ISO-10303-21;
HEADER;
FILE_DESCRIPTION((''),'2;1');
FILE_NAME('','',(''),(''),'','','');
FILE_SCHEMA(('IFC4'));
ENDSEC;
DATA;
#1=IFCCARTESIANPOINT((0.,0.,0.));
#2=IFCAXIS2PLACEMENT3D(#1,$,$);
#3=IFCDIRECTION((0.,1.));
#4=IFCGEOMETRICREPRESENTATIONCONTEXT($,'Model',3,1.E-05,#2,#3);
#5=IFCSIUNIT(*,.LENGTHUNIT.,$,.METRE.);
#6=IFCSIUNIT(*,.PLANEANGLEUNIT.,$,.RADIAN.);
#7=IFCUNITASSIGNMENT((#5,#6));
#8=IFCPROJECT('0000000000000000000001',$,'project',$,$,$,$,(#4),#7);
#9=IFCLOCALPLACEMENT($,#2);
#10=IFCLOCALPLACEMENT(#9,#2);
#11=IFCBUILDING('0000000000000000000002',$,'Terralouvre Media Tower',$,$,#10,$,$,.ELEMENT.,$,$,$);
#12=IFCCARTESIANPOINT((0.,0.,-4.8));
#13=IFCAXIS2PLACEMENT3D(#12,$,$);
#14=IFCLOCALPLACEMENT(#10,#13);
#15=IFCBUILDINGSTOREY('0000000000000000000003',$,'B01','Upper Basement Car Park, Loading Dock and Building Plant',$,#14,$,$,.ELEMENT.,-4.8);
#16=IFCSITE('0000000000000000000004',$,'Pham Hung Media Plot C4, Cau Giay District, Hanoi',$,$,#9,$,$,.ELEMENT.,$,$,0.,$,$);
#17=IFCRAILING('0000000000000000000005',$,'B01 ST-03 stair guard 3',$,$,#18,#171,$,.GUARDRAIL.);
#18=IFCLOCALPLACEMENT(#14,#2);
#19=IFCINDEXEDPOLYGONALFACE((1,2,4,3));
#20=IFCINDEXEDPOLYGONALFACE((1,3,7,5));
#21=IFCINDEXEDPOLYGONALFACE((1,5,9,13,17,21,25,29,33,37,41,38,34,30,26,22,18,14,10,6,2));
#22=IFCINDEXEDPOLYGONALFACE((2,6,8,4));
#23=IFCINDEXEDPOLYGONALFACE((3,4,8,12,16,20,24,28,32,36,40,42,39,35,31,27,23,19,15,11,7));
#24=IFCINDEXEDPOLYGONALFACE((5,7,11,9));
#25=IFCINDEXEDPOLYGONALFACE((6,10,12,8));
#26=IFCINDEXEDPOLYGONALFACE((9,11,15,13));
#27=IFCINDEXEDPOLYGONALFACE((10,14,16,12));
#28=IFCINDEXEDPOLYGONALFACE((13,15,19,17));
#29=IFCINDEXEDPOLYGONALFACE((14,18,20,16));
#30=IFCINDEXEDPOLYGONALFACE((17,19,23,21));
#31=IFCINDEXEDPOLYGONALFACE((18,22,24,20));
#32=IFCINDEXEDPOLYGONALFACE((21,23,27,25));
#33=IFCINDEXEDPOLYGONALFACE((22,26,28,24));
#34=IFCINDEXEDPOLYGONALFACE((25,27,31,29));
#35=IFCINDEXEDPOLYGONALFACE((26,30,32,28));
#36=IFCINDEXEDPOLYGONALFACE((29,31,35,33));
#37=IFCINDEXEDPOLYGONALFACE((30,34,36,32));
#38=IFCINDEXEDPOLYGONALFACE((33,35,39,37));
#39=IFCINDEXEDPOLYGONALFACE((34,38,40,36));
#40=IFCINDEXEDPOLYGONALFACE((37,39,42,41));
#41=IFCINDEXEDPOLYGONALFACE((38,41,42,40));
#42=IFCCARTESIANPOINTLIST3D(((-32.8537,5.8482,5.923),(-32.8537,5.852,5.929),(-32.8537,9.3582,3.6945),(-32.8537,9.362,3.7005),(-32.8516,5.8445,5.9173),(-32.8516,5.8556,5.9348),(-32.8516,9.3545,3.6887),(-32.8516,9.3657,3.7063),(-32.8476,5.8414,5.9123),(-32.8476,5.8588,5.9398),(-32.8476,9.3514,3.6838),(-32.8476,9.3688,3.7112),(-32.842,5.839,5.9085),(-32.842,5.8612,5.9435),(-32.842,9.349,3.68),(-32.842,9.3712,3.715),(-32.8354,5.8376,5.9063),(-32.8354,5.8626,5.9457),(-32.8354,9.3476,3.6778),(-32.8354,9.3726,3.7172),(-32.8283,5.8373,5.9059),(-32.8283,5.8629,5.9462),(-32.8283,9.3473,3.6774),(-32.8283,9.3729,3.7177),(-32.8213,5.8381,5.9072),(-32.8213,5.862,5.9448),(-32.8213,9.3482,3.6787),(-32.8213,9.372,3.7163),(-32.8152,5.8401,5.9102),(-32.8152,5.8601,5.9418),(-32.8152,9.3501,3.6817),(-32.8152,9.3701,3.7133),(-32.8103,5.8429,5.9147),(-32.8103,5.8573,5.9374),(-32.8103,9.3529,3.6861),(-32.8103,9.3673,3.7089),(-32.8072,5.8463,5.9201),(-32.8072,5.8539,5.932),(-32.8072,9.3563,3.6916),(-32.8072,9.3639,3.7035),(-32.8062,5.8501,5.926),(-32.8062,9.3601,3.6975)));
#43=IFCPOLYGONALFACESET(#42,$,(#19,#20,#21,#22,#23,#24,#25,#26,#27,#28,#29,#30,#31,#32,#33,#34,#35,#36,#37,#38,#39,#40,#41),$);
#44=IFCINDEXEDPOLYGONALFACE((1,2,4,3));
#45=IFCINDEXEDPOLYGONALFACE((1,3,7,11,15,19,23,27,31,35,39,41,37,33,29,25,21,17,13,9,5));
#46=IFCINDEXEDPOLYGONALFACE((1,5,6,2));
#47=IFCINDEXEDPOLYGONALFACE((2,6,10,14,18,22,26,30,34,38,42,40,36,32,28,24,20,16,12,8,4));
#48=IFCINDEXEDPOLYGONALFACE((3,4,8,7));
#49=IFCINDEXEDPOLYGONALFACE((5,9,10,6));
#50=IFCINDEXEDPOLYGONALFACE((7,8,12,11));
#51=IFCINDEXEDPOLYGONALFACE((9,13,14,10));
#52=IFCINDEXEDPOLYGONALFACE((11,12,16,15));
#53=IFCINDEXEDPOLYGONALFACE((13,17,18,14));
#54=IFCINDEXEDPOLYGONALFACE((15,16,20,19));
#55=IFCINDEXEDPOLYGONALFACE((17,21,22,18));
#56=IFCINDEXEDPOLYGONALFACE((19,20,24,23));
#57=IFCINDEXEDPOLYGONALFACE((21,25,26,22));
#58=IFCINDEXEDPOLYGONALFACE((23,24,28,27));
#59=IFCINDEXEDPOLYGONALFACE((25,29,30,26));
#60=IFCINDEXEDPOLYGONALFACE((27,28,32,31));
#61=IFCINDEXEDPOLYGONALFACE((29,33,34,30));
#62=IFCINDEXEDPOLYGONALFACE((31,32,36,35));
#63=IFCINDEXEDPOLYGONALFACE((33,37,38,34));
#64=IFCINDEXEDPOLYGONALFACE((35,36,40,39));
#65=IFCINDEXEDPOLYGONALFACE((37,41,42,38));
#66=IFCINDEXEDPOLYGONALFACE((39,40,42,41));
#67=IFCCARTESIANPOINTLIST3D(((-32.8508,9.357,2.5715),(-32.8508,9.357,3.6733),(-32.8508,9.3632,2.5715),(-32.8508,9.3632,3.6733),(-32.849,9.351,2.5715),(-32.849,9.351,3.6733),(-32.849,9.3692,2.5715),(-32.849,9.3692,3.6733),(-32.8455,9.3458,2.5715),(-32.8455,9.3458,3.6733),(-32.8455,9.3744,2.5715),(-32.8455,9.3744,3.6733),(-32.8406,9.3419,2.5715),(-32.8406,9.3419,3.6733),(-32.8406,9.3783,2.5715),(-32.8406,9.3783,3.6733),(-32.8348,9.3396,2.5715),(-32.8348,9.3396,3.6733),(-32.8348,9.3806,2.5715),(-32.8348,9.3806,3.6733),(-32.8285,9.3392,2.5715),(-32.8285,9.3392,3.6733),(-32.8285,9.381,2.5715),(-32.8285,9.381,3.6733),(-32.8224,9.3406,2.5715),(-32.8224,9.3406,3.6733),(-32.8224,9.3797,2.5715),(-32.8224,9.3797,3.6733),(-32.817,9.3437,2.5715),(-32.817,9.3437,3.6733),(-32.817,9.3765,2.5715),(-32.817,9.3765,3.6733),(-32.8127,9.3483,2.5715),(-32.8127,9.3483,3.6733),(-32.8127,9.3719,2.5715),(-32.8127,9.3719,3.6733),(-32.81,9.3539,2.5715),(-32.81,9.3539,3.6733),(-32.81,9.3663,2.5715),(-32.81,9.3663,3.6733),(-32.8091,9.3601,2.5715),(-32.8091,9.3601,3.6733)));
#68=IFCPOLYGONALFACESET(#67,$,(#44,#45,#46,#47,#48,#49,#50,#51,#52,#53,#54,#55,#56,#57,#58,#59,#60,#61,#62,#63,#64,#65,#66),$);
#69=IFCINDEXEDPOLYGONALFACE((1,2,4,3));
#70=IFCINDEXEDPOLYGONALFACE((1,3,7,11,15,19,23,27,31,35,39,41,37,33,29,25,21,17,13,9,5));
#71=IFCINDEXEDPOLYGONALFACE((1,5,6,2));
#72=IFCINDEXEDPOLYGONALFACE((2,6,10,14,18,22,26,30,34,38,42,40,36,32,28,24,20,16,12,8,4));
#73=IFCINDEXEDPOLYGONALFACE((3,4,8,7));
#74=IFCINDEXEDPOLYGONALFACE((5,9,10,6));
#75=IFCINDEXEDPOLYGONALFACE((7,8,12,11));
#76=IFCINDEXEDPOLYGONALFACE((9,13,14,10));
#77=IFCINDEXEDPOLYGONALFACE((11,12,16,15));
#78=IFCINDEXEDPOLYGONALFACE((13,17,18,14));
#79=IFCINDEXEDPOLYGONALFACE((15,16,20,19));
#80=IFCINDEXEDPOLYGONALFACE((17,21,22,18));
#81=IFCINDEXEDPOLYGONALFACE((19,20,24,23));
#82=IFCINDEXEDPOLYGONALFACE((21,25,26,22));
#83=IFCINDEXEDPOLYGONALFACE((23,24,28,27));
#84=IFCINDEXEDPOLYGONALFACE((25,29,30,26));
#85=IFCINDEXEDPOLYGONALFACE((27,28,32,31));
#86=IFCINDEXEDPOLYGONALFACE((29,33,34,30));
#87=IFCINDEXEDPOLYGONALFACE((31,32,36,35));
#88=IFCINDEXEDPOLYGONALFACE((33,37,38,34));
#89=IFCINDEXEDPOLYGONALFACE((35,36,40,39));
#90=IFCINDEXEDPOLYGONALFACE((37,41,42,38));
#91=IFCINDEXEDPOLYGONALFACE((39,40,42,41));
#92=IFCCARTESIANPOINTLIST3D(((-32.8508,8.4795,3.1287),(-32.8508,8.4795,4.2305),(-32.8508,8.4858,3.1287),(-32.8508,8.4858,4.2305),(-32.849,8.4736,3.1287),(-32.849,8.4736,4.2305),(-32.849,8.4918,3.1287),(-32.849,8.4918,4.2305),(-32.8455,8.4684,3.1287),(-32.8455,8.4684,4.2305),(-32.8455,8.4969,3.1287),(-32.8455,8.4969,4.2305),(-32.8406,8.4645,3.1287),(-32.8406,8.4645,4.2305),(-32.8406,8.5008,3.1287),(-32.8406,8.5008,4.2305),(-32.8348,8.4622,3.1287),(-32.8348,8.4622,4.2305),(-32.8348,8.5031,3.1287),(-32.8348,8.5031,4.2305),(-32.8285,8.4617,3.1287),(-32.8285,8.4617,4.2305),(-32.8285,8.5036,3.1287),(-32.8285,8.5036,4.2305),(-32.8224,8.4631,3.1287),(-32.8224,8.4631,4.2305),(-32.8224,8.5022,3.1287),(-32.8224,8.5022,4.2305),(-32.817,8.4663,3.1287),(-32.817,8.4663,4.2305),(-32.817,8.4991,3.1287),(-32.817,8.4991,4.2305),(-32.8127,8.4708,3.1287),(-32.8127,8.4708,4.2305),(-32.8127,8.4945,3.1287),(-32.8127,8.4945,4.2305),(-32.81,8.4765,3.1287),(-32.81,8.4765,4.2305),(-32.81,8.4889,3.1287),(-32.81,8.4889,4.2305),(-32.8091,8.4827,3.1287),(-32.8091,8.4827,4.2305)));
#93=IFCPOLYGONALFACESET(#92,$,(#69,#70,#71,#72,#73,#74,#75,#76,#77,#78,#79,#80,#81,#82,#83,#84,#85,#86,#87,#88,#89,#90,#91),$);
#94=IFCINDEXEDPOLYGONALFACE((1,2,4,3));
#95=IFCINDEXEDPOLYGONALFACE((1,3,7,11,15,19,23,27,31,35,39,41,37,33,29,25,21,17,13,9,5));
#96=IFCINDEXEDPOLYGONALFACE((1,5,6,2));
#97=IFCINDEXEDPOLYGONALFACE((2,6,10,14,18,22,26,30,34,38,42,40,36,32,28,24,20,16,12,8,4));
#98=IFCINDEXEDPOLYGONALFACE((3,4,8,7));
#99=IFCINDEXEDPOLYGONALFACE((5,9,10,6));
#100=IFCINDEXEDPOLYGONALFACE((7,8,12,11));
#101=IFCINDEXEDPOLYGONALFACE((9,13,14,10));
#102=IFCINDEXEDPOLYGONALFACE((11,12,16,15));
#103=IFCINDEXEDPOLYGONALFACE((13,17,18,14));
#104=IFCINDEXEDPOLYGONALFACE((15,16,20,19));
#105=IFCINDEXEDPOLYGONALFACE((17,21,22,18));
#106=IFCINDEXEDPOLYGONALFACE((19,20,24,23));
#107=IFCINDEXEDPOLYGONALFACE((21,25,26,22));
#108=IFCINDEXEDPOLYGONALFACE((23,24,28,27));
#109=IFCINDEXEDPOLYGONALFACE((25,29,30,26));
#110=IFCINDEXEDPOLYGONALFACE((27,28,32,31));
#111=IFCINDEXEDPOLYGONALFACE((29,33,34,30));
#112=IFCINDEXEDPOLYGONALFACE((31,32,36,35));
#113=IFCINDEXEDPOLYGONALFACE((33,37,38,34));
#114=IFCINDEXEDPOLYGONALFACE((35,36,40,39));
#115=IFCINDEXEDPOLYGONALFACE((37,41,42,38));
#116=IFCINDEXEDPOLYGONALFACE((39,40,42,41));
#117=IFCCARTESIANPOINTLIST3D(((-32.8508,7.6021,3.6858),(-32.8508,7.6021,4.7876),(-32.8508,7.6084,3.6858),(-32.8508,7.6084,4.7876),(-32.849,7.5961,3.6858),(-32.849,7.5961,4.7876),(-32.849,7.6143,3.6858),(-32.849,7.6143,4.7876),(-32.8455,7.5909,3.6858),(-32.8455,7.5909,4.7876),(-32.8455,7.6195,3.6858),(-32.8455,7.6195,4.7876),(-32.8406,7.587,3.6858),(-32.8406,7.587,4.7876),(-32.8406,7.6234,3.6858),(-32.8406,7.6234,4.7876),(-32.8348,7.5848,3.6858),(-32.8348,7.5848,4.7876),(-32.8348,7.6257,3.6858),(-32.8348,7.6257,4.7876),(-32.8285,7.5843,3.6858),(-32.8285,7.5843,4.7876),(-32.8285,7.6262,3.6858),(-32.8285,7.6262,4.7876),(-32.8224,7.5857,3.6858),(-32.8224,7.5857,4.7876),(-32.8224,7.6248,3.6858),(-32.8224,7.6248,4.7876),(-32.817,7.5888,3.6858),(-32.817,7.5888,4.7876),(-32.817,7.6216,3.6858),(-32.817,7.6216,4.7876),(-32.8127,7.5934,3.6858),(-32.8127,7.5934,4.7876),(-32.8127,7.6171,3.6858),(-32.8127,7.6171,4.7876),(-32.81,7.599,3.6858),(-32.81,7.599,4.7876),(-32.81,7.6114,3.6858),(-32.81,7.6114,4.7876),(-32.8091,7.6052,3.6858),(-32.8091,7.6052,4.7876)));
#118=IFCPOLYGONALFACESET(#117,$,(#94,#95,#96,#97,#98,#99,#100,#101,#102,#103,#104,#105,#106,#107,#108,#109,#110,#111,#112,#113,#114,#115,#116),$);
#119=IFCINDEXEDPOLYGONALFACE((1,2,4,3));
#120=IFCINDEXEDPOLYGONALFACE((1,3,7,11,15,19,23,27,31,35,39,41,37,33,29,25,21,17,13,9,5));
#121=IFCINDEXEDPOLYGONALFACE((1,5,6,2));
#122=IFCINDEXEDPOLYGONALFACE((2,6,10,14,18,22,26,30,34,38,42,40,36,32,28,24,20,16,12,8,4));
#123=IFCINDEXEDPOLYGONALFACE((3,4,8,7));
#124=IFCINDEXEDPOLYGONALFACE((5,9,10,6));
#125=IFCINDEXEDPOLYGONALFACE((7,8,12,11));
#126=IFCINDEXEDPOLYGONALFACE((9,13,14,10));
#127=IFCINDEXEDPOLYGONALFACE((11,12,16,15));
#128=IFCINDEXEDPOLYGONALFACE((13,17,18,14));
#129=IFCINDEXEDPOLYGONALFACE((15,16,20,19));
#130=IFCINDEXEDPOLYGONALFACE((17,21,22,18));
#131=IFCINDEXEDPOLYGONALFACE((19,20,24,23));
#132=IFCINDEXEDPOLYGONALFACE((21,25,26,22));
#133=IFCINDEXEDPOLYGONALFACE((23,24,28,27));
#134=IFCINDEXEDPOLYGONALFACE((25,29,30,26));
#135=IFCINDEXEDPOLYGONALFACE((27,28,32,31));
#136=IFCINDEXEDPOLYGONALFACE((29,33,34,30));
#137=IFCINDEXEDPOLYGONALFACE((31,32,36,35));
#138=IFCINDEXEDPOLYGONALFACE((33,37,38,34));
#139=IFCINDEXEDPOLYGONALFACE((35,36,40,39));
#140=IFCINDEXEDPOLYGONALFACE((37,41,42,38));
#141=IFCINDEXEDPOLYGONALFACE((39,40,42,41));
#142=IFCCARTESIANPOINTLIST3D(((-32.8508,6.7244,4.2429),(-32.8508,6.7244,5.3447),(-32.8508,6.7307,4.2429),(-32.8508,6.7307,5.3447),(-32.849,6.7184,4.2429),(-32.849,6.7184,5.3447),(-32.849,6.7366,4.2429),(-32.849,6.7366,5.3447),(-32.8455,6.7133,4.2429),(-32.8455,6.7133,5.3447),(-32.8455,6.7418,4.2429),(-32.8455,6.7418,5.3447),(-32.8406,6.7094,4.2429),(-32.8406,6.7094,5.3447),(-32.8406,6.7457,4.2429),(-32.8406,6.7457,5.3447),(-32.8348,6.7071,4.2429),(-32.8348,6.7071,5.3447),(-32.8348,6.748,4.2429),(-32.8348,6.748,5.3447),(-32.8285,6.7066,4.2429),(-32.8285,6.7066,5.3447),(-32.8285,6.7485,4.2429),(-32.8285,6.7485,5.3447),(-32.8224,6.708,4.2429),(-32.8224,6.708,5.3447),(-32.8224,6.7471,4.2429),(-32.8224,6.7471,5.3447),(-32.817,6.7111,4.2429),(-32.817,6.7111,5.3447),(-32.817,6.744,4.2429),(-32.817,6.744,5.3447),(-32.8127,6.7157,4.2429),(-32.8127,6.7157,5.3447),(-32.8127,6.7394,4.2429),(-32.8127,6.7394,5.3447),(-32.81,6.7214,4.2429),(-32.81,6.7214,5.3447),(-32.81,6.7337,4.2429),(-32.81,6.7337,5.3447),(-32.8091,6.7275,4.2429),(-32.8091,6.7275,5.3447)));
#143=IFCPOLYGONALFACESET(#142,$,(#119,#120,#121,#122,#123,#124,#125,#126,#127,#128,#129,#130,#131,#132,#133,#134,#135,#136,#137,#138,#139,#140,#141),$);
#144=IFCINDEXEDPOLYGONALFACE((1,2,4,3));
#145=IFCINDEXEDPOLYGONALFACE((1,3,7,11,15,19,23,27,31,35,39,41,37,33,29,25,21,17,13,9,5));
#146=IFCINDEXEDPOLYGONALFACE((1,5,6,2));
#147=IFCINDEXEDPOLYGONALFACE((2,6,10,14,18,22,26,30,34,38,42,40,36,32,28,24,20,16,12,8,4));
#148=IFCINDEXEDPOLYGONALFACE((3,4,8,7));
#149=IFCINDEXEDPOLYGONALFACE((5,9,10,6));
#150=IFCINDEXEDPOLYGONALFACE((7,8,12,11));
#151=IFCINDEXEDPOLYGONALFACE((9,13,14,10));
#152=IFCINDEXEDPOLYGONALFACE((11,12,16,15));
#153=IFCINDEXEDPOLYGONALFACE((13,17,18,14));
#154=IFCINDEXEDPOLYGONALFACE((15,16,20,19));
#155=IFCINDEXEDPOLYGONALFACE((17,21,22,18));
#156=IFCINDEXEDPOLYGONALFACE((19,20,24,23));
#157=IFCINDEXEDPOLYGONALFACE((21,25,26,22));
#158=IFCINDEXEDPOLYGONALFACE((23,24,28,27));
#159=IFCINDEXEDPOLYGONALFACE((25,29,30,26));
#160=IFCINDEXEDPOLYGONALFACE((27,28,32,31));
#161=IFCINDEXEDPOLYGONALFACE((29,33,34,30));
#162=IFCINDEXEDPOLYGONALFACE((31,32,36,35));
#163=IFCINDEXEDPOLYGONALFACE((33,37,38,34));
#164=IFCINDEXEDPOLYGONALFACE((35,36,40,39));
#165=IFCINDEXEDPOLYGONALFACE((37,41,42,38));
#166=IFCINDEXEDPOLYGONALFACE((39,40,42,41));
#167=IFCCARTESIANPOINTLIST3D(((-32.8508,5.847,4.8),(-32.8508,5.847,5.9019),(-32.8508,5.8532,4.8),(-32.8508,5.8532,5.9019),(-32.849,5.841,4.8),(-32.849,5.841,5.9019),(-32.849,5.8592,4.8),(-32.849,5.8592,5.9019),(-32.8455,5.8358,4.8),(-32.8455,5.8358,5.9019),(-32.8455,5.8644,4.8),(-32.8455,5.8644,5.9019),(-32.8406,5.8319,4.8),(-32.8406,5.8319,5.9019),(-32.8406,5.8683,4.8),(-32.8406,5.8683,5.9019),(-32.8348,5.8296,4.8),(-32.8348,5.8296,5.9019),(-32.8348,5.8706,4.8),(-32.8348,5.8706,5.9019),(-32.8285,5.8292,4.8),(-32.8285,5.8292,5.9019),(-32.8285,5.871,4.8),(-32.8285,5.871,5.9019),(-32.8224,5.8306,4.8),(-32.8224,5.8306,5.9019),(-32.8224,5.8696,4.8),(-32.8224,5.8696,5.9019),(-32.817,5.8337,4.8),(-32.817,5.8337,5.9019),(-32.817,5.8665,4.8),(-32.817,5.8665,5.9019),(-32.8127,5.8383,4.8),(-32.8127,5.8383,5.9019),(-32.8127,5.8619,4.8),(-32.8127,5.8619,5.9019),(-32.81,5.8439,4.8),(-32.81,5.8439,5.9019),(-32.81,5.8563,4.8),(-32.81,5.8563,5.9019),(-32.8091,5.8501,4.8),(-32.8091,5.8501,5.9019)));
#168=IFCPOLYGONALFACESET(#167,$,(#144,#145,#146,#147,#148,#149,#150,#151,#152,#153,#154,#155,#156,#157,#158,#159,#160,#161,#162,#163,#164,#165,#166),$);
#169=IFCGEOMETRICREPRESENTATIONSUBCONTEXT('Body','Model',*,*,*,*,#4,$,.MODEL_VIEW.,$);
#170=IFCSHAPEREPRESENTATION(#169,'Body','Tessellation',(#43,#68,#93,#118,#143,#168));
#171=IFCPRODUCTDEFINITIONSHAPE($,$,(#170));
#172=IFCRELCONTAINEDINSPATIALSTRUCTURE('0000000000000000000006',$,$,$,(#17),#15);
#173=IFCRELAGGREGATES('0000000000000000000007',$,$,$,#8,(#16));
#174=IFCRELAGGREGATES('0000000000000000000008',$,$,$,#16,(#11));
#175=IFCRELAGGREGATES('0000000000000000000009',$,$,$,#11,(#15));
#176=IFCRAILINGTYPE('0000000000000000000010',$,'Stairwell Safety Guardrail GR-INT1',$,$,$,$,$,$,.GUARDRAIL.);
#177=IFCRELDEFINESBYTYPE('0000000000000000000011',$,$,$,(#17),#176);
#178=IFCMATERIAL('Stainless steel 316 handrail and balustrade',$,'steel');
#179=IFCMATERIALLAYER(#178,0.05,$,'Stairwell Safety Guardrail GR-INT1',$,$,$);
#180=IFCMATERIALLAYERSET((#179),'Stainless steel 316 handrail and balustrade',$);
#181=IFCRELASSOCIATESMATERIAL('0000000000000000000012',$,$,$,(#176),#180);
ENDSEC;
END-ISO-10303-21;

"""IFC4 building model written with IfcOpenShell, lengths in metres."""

from ifc_helpers import new_model, si_unit, direction, frame, origin, origin_2d, place, context, subcontext, project, spatial, circle, extrude, material, layer, layer_set, type_object, element, save


model = new_model("IFC4")

# Units and contexts
model_context = context("Model", 3, precision=1e-05, world=origin(), true_north=direction((0.0, 1.0)))
body_context = subcontext(model_context, "Body", "Model", "MODEL_VIEW")
ifc_project = project(units=[si_unit("LENGTHUNIT", "METRE"), si_unit("PLANEANGLEUNIT", "RADIAN")], contexts=[model_context])

# Site, building, storey
site_placement = place(None, origin())
site = spatial("IfcSite", under=ifc_project, at=site_placement, Name="Pham Hung Media Plot C4, Cau Giay District, Hanoi", CompositionType="ELEMENT", RefElevation=0.0)
building_placement = place(site_placement, origin())
building = spatial("IfcBuilding", under=site, at=building_placement, Name="Terralouvre Media Tower", CompositionType="ELEMENT")
storey_placement = place(building_placement, frame((0.0, 0.0, -4.8)))
storey = spatial("IfcBuildingStorey", under=building, at=storey_placement, Name="B01", Description="Upper Basement Car Park, Loading Dock and Building Plant", CompositionType="ELEMENT", Elevation=-4.8)

# Railing
ifc_material_1 = material(Name="Stainless steel 316 handrail and balustrade", Category="steel")
ifc_layer_1 = layer(ifc_material_1, 0.05, Name="Stairwell Safety Guardrail GR-INT1")
ifc_layer_set_1 = layer_set([ifc_layer_1], Name="Stainless steel 316 handrail and balustrade")
railing_type_1 = type_object("IfcRailingType", Name="Stairwell Safety Guardrail GR-INT1", PredefinedType="GUARDRAIL", material=ifc_layer_set_1)
railing_1_placement = place(storey_placement, frame((-32.8301, 9.3601, 2.5715)))
element("IfcRailing", 1, at=railing_1_placement, inside=storey, type_object=railing_type_1, Name="B01 ST-03 stair guard 3", PredefinedType="GUARDRAIL", context=body_context, shape_type="SweptSolid", body=[
    extrude(circle(Radius=0.0239, at=origin_2d()), frame((0.0, 0.0, 1.126), z_axis=(0.0, -0.84422, 0.535998), x_axis=(1.0, 0.0, 0.0)), (0.0, 0.0, 1.0), 4.1577),
    extrude(circle(Radius=0.021, at=origin_2d()), origin(), (0.0, 0.0, 1.0), 1.1018),
    extrude(circle(Radius=0.021, at=origin_2d()), frame((0.0, -0.8774, 0.5571)), (0.0, 0.0, 1.0), 1.1018),
    extrude(circle(Radius=0.021, at=origin_2d()), frame((0.0, -1.7549, 1.1143)), (0.0, 0.0, 1.0), 1.1018),
    extrude(circle(Radius=0.021, at=origin_2d()), frame((0.0, -2.6326, 1.6714)), (0.0, 0.0, 1.0), 1.1018),
    extrude(circle(Radius=0.021, at=origin_2d()), frame((0.0, -3.51, 2.2285)), (0.0, 0.0, 1.0), 1.1018),
])

save(model, "model.ifc")
